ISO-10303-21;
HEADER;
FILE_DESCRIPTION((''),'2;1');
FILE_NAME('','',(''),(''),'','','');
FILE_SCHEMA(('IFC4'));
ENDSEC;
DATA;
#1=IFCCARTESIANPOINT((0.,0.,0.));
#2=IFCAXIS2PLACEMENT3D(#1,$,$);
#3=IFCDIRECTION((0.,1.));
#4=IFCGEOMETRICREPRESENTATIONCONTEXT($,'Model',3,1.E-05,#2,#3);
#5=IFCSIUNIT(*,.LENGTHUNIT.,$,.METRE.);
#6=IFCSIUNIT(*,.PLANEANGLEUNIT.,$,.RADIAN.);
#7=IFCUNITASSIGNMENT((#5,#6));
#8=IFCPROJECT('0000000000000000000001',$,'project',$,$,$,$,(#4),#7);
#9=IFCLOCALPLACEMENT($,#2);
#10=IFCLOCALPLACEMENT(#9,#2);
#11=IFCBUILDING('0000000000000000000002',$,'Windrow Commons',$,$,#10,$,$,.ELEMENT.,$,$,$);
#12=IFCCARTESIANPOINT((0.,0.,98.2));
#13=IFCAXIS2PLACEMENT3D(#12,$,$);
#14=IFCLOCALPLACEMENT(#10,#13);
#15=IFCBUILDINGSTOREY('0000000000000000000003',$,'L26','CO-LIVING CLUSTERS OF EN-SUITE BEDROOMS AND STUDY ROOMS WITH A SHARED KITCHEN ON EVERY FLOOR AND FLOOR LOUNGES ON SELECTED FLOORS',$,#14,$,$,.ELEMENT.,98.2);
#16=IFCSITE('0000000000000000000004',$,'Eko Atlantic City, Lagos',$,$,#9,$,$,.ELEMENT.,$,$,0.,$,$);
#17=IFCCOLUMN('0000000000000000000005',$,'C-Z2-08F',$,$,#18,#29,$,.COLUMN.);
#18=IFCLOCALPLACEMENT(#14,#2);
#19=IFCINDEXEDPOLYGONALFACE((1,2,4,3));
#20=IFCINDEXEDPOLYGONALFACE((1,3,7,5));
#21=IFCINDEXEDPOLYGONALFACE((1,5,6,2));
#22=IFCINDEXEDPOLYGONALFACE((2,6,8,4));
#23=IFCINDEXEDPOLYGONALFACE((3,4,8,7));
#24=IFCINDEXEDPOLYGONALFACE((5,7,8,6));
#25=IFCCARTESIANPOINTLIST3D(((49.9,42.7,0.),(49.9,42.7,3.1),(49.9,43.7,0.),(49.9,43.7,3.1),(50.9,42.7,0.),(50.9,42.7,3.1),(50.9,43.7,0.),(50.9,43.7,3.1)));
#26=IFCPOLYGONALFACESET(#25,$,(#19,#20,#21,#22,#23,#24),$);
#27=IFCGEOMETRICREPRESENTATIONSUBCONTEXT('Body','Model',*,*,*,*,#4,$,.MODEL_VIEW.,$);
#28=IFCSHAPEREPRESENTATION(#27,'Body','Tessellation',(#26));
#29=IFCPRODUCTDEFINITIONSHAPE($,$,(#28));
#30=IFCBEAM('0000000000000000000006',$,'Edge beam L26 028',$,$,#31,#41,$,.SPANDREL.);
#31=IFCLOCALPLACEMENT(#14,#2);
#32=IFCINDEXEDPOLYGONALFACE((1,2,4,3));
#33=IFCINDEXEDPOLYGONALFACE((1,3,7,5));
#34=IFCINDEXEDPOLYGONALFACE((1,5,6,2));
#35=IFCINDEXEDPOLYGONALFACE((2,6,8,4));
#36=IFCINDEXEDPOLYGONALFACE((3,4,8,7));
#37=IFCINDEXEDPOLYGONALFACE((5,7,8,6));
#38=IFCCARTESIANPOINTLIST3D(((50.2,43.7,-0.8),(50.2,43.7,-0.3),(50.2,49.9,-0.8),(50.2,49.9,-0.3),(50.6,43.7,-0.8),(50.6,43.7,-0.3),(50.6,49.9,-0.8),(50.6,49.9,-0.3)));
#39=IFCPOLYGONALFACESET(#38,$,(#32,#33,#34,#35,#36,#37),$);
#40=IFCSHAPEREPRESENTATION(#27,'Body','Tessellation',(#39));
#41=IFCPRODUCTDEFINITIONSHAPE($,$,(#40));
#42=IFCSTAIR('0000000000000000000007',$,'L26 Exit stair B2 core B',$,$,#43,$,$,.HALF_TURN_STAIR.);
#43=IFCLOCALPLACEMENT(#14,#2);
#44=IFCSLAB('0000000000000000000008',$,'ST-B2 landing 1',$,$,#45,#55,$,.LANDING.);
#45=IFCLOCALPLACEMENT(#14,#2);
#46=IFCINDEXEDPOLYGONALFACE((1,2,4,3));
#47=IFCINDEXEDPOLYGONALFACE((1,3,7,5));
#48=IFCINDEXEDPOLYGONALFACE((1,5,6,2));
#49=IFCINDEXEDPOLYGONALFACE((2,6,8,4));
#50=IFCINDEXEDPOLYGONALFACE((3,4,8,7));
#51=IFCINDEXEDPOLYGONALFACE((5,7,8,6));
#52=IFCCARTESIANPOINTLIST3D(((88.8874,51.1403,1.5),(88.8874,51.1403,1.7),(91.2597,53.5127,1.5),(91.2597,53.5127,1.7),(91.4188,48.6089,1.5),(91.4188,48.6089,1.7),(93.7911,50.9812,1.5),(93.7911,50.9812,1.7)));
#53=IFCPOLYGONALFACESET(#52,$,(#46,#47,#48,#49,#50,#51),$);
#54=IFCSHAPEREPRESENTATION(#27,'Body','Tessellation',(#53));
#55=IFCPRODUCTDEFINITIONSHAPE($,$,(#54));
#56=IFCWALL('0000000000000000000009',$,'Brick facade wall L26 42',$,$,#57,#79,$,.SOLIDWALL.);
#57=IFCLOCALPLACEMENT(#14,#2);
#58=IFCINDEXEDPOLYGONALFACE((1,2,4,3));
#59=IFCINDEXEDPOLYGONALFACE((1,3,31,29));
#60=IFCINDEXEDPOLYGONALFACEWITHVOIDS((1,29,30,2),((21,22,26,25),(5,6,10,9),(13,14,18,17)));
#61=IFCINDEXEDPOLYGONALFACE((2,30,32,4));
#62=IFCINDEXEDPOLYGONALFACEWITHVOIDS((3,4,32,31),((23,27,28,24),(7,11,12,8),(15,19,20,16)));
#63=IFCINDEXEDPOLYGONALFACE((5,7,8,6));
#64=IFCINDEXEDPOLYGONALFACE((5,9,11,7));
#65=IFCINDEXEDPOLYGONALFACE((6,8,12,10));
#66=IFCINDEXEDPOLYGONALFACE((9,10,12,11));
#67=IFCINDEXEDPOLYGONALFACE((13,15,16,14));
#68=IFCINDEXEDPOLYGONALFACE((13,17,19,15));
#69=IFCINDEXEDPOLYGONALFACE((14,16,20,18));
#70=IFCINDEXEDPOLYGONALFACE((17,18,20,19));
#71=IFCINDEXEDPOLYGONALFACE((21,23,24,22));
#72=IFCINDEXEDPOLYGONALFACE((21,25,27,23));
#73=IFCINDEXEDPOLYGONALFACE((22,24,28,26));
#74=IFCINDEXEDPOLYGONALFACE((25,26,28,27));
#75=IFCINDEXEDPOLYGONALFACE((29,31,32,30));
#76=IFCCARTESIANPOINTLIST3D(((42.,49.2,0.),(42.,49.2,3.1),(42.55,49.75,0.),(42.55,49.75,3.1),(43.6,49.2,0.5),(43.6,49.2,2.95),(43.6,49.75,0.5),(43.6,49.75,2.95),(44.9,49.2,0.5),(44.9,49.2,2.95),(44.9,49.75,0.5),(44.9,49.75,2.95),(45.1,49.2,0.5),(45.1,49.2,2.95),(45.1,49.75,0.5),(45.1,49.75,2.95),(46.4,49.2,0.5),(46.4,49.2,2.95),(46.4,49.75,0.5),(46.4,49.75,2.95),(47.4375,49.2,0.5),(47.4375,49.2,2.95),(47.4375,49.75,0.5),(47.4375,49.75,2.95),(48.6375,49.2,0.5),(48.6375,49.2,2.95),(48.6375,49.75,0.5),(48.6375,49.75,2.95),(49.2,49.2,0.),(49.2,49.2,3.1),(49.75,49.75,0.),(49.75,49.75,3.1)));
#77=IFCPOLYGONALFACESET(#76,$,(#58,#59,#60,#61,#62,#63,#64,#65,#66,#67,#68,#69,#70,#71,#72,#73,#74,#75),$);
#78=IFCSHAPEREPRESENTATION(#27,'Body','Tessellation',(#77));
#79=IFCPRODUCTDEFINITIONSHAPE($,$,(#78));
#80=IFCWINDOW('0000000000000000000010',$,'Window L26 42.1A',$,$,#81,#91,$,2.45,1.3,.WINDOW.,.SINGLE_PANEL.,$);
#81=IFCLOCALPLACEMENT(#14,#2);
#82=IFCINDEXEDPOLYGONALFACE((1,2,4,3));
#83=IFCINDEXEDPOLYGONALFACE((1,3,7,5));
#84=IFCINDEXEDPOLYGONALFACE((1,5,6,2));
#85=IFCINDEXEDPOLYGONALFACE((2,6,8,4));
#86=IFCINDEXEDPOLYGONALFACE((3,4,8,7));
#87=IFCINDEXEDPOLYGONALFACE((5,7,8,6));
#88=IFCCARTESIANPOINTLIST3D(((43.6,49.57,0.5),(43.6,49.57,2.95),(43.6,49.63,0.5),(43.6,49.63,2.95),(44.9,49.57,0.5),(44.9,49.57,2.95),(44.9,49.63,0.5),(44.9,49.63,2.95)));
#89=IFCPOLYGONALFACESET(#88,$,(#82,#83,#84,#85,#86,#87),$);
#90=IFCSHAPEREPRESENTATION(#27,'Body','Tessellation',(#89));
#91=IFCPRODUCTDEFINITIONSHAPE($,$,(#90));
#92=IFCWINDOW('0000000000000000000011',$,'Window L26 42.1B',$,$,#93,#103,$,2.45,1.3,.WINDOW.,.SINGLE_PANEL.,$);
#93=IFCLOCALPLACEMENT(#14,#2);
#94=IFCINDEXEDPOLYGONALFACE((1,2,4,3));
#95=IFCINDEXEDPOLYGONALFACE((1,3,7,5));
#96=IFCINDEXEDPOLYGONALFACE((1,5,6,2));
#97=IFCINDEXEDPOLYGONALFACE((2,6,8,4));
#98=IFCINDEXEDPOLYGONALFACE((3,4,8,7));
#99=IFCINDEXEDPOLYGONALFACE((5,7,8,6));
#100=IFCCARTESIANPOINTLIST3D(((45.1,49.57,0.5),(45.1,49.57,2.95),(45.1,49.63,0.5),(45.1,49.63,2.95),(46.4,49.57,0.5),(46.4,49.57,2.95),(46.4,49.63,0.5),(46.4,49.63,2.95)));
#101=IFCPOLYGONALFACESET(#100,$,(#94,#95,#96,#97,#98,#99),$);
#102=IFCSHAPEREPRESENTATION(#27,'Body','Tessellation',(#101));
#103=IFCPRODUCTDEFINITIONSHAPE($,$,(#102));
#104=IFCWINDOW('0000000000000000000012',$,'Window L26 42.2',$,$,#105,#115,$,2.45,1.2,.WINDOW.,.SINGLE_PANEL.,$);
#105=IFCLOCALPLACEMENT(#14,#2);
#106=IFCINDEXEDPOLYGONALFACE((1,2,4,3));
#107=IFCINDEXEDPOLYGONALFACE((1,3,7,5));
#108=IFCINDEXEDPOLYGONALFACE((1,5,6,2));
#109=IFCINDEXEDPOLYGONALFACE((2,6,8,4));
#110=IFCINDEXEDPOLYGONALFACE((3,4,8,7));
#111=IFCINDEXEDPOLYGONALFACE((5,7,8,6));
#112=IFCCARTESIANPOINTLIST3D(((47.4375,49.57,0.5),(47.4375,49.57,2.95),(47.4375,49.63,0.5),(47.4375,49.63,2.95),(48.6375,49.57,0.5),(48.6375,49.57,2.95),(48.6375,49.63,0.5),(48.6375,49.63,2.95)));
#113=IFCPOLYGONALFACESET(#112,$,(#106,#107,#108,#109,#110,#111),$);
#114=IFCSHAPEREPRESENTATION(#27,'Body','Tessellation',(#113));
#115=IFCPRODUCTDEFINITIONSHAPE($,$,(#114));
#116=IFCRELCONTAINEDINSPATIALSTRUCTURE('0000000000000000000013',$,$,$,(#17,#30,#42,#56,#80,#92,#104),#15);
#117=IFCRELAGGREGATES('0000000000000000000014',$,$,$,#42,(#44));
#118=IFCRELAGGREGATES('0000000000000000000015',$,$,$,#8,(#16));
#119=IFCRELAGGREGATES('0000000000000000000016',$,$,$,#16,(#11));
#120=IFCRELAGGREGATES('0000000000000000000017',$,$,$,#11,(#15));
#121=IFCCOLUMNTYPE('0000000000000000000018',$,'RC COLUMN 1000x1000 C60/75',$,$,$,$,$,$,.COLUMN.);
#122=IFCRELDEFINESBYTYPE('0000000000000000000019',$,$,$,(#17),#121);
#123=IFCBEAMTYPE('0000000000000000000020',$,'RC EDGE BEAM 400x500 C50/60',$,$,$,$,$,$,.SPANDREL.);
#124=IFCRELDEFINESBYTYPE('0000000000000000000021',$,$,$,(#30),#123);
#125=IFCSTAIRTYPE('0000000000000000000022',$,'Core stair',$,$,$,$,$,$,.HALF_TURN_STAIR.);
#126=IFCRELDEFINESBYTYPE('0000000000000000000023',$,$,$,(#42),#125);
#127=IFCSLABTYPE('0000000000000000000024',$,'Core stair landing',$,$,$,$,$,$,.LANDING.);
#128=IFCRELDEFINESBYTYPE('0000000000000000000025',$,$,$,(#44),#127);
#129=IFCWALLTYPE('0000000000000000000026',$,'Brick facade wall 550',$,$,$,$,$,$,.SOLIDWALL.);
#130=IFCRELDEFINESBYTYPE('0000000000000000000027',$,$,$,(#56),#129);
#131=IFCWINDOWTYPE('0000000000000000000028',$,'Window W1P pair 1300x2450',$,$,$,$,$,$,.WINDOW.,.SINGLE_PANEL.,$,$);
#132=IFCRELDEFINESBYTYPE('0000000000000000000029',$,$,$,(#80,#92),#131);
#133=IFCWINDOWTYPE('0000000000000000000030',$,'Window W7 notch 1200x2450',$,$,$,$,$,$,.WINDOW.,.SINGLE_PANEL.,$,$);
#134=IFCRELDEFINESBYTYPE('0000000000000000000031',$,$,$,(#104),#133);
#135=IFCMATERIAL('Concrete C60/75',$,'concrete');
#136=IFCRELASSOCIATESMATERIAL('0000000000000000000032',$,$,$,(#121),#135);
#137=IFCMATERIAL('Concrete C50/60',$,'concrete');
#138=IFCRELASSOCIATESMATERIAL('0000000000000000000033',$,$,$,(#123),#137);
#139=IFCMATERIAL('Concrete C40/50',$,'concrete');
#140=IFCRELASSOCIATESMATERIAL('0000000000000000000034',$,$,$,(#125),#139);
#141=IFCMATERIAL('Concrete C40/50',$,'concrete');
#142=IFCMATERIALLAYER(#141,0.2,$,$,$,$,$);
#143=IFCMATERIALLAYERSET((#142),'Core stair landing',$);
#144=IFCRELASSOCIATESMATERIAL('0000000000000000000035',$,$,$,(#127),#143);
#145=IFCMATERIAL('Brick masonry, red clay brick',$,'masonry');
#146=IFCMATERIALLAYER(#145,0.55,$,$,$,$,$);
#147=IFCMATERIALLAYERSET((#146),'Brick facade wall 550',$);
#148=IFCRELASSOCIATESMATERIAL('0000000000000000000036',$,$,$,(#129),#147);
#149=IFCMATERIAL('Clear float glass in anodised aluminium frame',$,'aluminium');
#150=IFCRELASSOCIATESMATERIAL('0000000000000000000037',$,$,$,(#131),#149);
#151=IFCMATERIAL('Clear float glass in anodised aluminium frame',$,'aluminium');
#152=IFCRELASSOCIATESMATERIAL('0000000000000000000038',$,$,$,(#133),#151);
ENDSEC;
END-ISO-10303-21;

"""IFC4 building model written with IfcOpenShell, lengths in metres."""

from ifc_helpers import new_model, si_unit, direction, frame, frame_2d, origin, origin_2d, place, context, subcontext, project, spatial, polyline, rectangle, outline, extrude, material, layer, layer_set, material_profile, profile_set, type_object, element, fill, aggregate, save


model = new_model("IFC4")

# Units and contexts
model_context = context("Model", 3, precision=1e-05, world=origin(), true_north=direction((0.0, 1.0)))
body_context = subcontext(model_context, "Body", "Model", "MODEL_VIEW")
ifc_project = project(units=[si_unit("LENGTHUNIT", "METRE"), si_unit("PLANEANGLEUNIT", "RADIAN")], contexts=[model_context])

# Site, building, storey
site_placement = place(None, origin())
site = spatial("IfcSite", under=ifc_project, at=site_placement, Name="Eko Atlantic City, Lagos", CompositionType="ELEMENT", RefElevation=0.0)
building_placement = place(site_placement, origin())
building = spatial("IfcBuilding", under=site, at=building_placement, Name="Windrow Commons", CompositionType="ELEMENT")
storey_placement = place(building_placement, frame((0.0, 0.0, 98.2)))
storey = spatial("IfcBuildingStorey", under=building, at=storey_placement, Name="L26", Description="CO-LIVING CLUSTERS OF EN-SUITE BEDROOMS AND STUDY ROOMS WITH A SHARED KITCHEN ON EVERY FLOOR AND FLOOR LOUNGES ON SELECTED FLOORS", CompositionType="ELEMENT", Elevation=98.2)

# Column
ifc_material_1 = material(Name="Concrete C60/75", Category="concrete")
ifc_material_profile_1 = material_profile(ifc_material_1, rectangle(XDim=1.0, YDim=1.0, at=origin_2d()))
ifc_profile_set_1 = profile_set([ifc_material_profile_1], Name="Concrete C60/75")
column_type = type_object("IfcColumnType", Name="RC COLUMN 1000x1000 C60/75", PredefinedType="COLUMN", material=ifc_profile_set_1)
column_placement = place(storey_placement, frame((50.4, 43.2, 0.0), z_axis=(0.0, 0.0, 1.0), x_axis=(1.0, 0.0, 0.0)))
element("IfcColumn", 1, at=column_placement, inside=storey, type_object=column_type, Name="C-Z2-08F", PredefinedType="COLUMN", context=body_context, shape_type="SweptSolid", body=[
    extrude(rectangle(XDim=1.0, YDim=1.0, at=origin_2d()), origin(), (0.0, 0.0, 1.0), 3.1),
])

# Beam
ifc_material_2 = material(Name="Concrete C50/60", Category="concrete")
ifc_material_profile_2 = material_profile(ifc_material_2, rectangle(XDim=0.4, YDim=0.5, at=origin_2d()))
ifc_profile_set_2 = profile_set([ifc_material_profile_2], Name="Concrete C50/60")
beam_type = type_object("IfcBeamType", Name="RC EDGE BEAM 400x500 C50/60", PredefinedType="SPANDREL", material=ifc_profile_set_2)
beam_placement = place(storey_placement, frame((50.4, 43.7, -0.55), z_axis=(0.0, 1.0, 0.0), x_axis=(-1.0, 0.0, 0.0)))
element("IfcBeam", 2, at=beam_placement, inside=storey, type_object=beam_type, Name="Edge beam L26 028", PredefinedType="SPANDREL", context=body_context, shape_type="SweptSolid", body=[
    extrude(rectangle(XDim=0.4, YDim=0.5, at=origin_2d()), origin(), (0.0, 0.0, 1.0), 6.2),
])

# Stair, slab
ifc_material_3 = material(Name="Concrete C40/50", Category="concrete")
stair_type = type_object("IfcStairType", Name="Core stair", PredefinedType="HALF_TURN_STAIR", material=ifc_material_3)
stair_placement = place(storey_placement, origin())
stair = element("IfcStair", 3, at=stair_placement, inside=storey, type_object=stair_type, Name="L26 Exit stair B2 core B", PredefinedType="HALF_TURN_STAIR")
ifc_material_4 = material(Name="Concrete C40/50", Category="concrete")
ifc_layer_1 = layer(ifc_material_4, 0.2)
ifc_layer_set_1 = layer_set([ifc_layer_1], Name="Core stair landing")
slab_type = type_object("IfcSlabType", Name="Core stair landing", PredefinedType="LANDING", material=ifc_layer_set_1)
slab_placement = place(storey_placement, frame((0.0, 0.0, 1.5)))
slab = element("IfcSlab", 4, at=slab_placement, type_object=slab_type, Name="ST-B2 landing 1", PredefinedType="LANDING", context=body_context, shape_type="SweptSolid", body=[
    extrude(outline(polyline([(88.8874, 51.1403), (91.4188, 48.6089), (93.7911, 50.9812), (91.2597, 53.5127), (88.8874, 51.1403)])), origin(), (0.0, 0.0, 1.0), 0.2),
])
aggregate(stair, [slab])

# Wall, openings, windows
ifc_material_5 = material(Name="Brick masonry, red clay brick", Category="masonry")
ifc_layer_2 = layer(ifc_material_5, 0.55)
ifc_layer_set_2 = layer_set([ifc_layer_2], Name="Brick facade wall 550")
wall_type_1 = type_object("IfcWallType", Name="Brick facade wall 550", PredefinedType="SOLIDWALL", material=ifc_layer_set_2)
wall_1_placement = place(storey_placement, frame((42.275, 49.475, 0.0), z_axis=(0.0, 0.0, 1.0), x_axis=(1.0, 0.0, 0.0)))
wall_1 = element("IfcWall", 5, at=wall_1_placement, inside=storey, type_object=wall_type_1, Name="Brick facade wall L26 42", PredefinedType="SOLIDWALL", context=body_context, shape_type="SweptSolid", body=[
    extrude(outline(polyline([(-0.275, -0.275), (6.925, -0.275), (7.475, 0.275), (0.275, 0.275), (-0.275, -0.275)])), origin(), (0.0, 0.0, 1.0), 3.1),
])
opening_1_placement = place(wall_1_placement, frame((1.325, 0.0, 0.5)))
opening_1 = element("IfcOpeningElement", 6, at=opening_1_placement, cuts=wall_1, PredefinedType="OPENING", context=body_context, shape_type="SweptSolid", body=[
    extrude(rectangle(XDim=1.3, YDim=2.45, at=frame_2d((0.65, 1.225))), frame((0.0, 0.285, 0.0), z_axis=(0.0, -1.0, 0.0), x_axis=(1.0, 0.0, 0.0)), (0.0, 0.0, 1.0), 0.57),
])
opening_2_placement = place(wall_1_placement, frame((2.825, 0.0, 0.5)))
opening_2 = element("IfcOpeningElement", 7, at=opening_2_placement, cuts=wall_1, PredefinedType="OPENING", context=body_context, shape_type="SweptSolid", body=[
    extrude(rectangle(XDim=1.3, YDim=2.45, at=frame_2d((0.65, 1.225))), frame((0.0, 0.285, 0.0), z_axis=(0.0, -1.0, 0.0), x_axis=(1.0, 0.0, 0.0)), (0.0, 0.0, 1.0), 0.57),
])
opening_3_placement = place(wall_1_placement, frame((5.1625, 0.0, 0.5)))
opening_3 = element("IfcOpeningElement", 8, at=opening_3_placement, cuts=wall_1, PredefinedType="OPENING", context=body_context, shape_type="SweptSolid", body=[
    extrude(rectangle(XDim=1.2, YDim=2.45, at=frame_2d((0.6, 1.225))), frame((0.0, 0.285, 0.0), z_axis=(0.0, -1.0, 0.0), x_axis=(1.0, 0.0, 0.0)), (0.0, 0.0, 1.0), 0.57),
])
ifc_material_6 = material(Name="Clear float glass in anodised aluminium frame", Category="aluminium")
window_type_1 = type_object("IfcWindowType", Name="Window W1P pair 1300x2450", PartitioningType="SINGLE_PANEL", PredefinedType="WINDOW", material=ifc_material_6)
window_1_placement = place(opening_1_placement, origin())
window_1 = element("IfcWindow", 9, at=window_1_placement, inside=storey, type_object=window_type_1, Name="Window L26 42.1A", OverallHeight=2.45, OverallWidth=1.3, PartitioningType="SINGLE_PANEL", PredefinedType="WINDOW", context=body_context, shape_type="SweptSolid", body=[
    extrude(rectangle(XDim=1.3, YDim=2.45, at=frame_2d((0.65, 1.225))), frame((0.0, 0.155, 0.0), z_axis=(0.0, -1.0, 0.0), x_axis=(1.0, 0.0, 0.0)), (0.0, 0.0, 1.0), 0.06),
])
fill(opening_1, window_1)
window_2_placement = place(opening_2_placement, origin())
window_2 = element("IfcWindow", 10, at=window_2_placement, inside=storey, type_object=window_type_1, Name="Window L26 42.1B", OverallHeight=2.45, OverallWidth=1.3, PartitioningType="SINGLE_PANEL", PredefinedType="WINDOW", context=body_context, shape_type="SweptSolid", body=[
    extrude(rectangle(XDim=1.3, YDim=2.45, at=frame_2d((0.65, 1.225))), frame((0.0, 0.155, 0.0), z_axis=(0.0, -1.0, 0.0), x_axis=(1.0, 0.0, 0.0)), (0.0, 0.0, 1.0), 0.06),
])
fill(opening_2, window_2)
ifc_material_7 = material(Name="Clear float glass in anodised aluminium frame", Category="aluminium")
window_type_2 = type_object("IfcWindowType", Name="Window W7 notch 1200x2450", PartitioningType="SINGLE_PANEL", PredefinedType="WINDOW", material=ifc_material_7)
window_3_placement = place(opening_3_placement, origin())
window_3 = element("IfcWindow", 11, at=window_3_placement, inside=storey, type_object=window_type_2, Name="Window L26 42.2", OverallHeight=2.45, OverallWidth=1.2, PartitioningType="SINGLE_PANEL", PredefinedType="WINDOW", context=body_context, shape_type="SweptSolid", body=[
    extrude(rectangle(XDim=1.2, YDim=2.45, at=frame_2d((0.6, 1.225))), frame((0.0, 0.155, 0.0), z_axis=(0.0, -1.0, 0.0), x_axis=(1.0, 0.0, 0.0)), (0.0, 0.0, 1.0), 0.06),
])
fill(opening_3, window_3)

save(model, "model.ifc")
